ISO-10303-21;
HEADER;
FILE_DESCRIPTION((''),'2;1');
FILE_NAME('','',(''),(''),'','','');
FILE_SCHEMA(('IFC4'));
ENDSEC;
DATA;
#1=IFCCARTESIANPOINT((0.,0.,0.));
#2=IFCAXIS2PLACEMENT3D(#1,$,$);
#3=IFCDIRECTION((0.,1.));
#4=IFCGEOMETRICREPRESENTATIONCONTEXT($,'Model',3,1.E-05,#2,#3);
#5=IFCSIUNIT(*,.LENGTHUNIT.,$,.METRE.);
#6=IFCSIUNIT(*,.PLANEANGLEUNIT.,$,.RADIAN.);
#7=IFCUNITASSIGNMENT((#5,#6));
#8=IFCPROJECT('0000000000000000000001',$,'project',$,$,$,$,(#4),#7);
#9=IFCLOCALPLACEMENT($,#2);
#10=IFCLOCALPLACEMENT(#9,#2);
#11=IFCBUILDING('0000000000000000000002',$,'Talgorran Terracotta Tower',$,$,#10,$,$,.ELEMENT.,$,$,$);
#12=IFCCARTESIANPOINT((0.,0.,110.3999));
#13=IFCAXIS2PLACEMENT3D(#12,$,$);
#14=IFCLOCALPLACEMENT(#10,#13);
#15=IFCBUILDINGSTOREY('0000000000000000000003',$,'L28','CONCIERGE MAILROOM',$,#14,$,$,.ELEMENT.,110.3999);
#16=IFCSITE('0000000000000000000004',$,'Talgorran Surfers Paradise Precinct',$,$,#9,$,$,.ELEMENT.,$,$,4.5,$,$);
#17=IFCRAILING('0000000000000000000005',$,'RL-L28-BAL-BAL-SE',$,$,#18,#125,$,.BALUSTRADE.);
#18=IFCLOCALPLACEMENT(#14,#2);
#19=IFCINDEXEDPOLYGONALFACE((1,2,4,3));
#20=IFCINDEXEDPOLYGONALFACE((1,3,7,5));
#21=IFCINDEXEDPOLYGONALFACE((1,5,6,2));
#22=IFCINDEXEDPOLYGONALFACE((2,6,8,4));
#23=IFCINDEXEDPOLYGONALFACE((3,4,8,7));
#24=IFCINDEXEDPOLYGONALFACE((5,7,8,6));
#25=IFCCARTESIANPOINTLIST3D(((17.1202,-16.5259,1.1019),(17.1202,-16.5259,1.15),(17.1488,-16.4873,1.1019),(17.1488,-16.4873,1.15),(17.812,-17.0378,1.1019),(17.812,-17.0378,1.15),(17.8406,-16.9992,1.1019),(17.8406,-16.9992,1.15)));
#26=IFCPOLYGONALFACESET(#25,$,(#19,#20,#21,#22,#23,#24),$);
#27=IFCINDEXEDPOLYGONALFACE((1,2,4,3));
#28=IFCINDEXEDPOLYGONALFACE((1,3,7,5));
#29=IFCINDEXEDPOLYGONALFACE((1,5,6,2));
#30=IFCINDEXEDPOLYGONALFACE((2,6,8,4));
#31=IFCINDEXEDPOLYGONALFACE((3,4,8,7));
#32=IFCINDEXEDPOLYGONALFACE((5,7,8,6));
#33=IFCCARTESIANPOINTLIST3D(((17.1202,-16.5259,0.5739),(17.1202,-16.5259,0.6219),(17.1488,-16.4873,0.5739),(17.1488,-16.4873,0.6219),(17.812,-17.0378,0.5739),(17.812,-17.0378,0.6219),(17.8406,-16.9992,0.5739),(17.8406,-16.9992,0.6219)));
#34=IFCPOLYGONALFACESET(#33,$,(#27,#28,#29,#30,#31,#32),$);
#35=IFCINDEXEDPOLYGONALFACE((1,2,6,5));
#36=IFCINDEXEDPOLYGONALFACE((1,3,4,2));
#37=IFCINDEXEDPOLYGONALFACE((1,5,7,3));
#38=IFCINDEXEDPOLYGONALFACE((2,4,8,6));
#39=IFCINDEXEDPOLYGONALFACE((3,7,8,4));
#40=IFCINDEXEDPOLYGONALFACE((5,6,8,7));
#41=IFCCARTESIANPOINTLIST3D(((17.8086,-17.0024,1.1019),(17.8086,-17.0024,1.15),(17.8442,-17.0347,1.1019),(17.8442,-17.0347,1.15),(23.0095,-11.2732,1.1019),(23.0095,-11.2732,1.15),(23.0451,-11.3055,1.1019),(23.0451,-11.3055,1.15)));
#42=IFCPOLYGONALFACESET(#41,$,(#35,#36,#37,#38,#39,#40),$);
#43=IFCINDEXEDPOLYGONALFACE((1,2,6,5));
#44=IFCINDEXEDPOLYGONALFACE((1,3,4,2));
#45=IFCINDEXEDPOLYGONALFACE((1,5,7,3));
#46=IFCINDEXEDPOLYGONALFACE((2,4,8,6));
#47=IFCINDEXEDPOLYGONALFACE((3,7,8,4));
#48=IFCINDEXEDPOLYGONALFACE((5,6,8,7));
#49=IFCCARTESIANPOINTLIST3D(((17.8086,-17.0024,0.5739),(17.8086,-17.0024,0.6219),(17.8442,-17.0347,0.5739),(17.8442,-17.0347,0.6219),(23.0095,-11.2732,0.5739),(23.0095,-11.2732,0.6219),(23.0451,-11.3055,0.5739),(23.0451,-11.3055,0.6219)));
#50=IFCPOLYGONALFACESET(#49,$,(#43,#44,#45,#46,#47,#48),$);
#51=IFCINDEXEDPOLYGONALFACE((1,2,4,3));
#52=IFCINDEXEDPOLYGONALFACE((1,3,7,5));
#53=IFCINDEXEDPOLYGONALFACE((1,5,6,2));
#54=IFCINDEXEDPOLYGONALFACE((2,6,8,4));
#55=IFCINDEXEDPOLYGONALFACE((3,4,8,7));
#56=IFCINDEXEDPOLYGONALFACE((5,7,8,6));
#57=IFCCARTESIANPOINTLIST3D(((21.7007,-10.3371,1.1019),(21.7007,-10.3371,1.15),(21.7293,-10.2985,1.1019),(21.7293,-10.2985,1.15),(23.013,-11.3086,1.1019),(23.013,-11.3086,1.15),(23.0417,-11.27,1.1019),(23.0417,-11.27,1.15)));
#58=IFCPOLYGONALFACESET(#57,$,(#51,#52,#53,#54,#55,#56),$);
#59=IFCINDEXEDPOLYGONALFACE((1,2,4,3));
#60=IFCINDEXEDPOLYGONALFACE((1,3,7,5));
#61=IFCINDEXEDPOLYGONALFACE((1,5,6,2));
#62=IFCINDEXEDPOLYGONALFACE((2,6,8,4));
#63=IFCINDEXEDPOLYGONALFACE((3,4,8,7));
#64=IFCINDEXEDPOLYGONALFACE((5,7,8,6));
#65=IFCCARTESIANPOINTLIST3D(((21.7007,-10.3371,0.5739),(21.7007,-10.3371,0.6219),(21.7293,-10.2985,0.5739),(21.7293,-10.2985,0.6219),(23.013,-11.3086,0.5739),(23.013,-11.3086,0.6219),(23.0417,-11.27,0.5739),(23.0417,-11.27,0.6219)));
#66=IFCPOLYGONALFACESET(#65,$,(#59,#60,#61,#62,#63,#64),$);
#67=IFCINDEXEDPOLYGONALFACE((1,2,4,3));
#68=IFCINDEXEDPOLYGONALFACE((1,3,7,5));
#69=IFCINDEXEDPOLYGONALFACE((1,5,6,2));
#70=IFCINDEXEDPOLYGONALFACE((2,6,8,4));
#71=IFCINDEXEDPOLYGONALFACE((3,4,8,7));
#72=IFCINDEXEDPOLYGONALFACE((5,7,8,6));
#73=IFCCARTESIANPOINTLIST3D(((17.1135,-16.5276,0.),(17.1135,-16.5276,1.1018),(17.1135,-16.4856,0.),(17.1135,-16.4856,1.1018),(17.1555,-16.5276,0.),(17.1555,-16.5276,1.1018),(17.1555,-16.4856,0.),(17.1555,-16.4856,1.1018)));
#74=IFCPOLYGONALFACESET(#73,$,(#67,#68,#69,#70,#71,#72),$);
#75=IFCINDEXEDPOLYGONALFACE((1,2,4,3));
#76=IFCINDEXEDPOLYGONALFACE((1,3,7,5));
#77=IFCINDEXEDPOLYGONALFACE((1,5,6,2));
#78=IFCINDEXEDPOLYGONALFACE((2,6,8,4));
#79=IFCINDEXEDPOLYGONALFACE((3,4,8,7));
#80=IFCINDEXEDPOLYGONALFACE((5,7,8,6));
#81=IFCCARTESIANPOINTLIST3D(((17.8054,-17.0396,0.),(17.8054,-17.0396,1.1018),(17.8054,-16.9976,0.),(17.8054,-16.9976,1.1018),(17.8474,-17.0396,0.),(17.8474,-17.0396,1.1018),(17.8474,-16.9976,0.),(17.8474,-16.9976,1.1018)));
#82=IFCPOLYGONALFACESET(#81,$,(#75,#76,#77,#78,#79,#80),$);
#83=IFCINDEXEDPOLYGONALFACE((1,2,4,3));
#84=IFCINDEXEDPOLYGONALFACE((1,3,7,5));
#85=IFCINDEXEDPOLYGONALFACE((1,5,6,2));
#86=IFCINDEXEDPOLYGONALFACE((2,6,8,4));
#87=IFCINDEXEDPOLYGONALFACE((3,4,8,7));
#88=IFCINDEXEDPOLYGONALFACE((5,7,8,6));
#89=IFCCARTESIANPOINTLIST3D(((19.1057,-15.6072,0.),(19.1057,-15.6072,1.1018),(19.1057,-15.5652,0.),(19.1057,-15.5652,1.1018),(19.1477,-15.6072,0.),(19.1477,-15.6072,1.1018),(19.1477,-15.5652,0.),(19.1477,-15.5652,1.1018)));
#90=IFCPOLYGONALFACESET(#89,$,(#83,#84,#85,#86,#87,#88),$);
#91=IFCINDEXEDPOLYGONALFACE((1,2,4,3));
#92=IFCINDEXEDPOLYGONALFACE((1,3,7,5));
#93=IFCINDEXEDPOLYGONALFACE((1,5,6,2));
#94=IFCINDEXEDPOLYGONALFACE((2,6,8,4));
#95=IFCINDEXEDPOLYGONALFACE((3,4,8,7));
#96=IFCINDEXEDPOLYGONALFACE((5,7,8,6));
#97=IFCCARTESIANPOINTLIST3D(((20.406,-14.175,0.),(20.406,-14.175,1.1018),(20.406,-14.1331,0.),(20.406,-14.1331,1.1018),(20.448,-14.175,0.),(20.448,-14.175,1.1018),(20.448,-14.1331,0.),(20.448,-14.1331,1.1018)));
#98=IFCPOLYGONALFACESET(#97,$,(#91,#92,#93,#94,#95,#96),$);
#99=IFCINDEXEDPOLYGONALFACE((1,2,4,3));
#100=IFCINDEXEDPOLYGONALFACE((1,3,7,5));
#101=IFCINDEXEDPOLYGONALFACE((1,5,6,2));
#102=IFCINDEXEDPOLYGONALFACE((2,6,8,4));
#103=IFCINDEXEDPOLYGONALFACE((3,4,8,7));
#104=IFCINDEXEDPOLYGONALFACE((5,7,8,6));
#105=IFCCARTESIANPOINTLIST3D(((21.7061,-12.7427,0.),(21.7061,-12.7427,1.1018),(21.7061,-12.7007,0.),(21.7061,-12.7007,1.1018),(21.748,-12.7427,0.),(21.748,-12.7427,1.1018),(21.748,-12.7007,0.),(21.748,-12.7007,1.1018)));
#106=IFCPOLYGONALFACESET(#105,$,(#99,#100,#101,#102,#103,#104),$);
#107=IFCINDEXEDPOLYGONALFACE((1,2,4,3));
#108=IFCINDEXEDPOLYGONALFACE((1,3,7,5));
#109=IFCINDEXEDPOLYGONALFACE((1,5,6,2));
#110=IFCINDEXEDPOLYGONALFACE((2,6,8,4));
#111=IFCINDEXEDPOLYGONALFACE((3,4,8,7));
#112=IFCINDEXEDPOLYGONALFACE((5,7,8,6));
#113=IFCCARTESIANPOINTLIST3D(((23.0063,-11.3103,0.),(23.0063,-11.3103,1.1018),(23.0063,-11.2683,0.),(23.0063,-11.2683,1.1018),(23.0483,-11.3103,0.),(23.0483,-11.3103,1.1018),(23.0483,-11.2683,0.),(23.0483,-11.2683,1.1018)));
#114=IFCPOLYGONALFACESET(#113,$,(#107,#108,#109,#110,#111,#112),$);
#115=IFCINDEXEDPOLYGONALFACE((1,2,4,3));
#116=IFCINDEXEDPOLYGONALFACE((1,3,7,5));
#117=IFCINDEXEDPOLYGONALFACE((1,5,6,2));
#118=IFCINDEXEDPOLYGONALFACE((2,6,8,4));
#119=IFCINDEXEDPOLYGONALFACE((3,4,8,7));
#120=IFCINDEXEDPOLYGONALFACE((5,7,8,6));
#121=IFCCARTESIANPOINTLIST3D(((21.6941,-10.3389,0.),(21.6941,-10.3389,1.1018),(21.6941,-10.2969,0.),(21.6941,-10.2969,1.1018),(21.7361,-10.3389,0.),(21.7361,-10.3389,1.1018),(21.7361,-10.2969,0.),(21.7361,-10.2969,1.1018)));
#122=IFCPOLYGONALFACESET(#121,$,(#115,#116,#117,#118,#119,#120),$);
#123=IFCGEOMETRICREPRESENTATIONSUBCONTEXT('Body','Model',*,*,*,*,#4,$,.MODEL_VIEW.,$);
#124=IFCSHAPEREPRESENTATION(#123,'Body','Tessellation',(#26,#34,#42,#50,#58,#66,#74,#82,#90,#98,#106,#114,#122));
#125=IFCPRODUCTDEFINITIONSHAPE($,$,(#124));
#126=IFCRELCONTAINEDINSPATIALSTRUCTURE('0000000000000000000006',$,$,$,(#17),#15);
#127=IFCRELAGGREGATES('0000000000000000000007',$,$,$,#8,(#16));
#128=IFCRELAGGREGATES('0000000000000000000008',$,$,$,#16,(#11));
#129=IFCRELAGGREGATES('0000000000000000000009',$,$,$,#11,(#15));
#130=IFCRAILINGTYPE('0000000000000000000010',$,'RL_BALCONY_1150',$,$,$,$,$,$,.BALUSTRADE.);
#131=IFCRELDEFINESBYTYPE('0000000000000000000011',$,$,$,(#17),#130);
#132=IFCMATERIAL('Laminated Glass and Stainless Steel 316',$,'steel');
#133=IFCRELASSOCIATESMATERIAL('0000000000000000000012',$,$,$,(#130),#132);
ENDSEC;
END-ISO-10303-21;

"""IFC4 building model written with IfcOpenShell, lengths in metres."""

from ifc_helpers import new_model, si_unit, direction, frame, origin, origin_2d, place, context, subcontext, project, spatial, rectangle, extrude, material, type_object, element, save


model = new_model("IFC4")

# Units and contexts
model_context = context("Model", 3, precision=1e-05, world=origin(), true_north=direction((0.0, 1.0)))
body_context = subcontext(model_context, "Body", "Model", "MODEL_VIEW")
ifc_project = project(units=[si_unit("LENGTHUNIT", "METRE"), si_unit("PLANEANGLEUNIT", "RADIAN")], contexts=[model_context])

# Site, building, storey
site_placement = place(None, origin())
site = spatial("IfcSite", under=ifc_project, at=site_placement, Name="Talgorran Surfers Paradise Precinct", CompositionType="ELEMENT", RefElevation=4.5)
building_placement = place(site_placement, origin())
building = spatial("IfcBuilding", under=site, at=building_placement, Name="Talgorran Terracotta Tower", CompositionType="ELEMENT")
storey_placement = place(building_placement, frame((0.0, 0.0, 110.3999)))
storey = spatial("IfcBuildingStorey", under=building, at=storey_placement, Name="L28", Description="CONCIERGE MAILROOM", CompositionType="ELEMENT", Elevation=110.3999)

# Railing
ifc_material_1 = material(Name="Laminated Glass and Stainless Steel 316", Category="steel")
railing_type = type_object("IfcRailingType", Name="RL_BALCONY_1150", PredefinedType="BALUSTRADE", material=ifc_material_1)
railing_placement = place(storey_placement, frame((17.1345, -16.5066, 0.0)))
element("IfcRailing", 1, at=railing_placement, inside=storey, type_object=railing_type, Name="RL-L28-BAL-BAL-SE", PredefinedType="BALUSTRADE", context=body_context, shape_type="SweptSolid", body=[
    extrude(rectangle(XDim=0.0481, YDim=0.0481, at=origin_2d()), frame((0.0, 0.0, 1.126), z_axis=(0.803864, -0.594814, 0.0), x_axis=(0.594814, 0.803864, 0.0)), (0.0, 0.0, 1.0), 0.8606),
    extrude(rectangle(XDim=0.0481, YDim=0.0481, at=origin_2d()), frame((0.0, 0.0, 0.5979), z_axis=(0.803864, -0.594814, 0.0), x_axis=(0.594814, 0.803864, 0.0)), (0.0, 0.0, 1.0), 0.8606),
    extrude(rectangle(XDim=0.0481, YDim=0.0481, at=origin_2d()), frame((0.6919, -0.512, 1.126), z_axis=(0.672143, 0.740421, 0.0), x_axis=(-0.740421, 0.672143, 0.0)), (0.0, 0.0, 1.0), 7.7378),
    extrude(rectangle(XDim=0.0481, YDim=0.0481, at=origin_2d()), frame((0.6919, -0.512, 0.5979), z_axis=(0.672143, 0.740421, 0.0), x_axis=(-0.740421, 0.672143, 0.0)), (0.0, 0.0, 1.0), 7.7378),
    extrude(rectangle(XDim=0.0481, YDim=0.0481, at=origin_2d()), frame((5.8928, 5.2173, 1.126), z_axis=(-0.803735, 0.594988, 0.0), x_axis=(-0.594988, -0.803735, 0.0)), (0.0, 0.0, 1.0), 1.6328),
    extrude(rectangle(XDim=0.0481, YDim=0.0481, at=origin_2d()), frame((5.8928, 5.2173, 0.5979), z_axis=(-0.803735, 0.594988, 0.0), x_axis=(-0.594988, -0.803735, 0.0)), (0.0, 0.0, 1.0), 1.6328),
    extrude(rectangle(XDim=0.042, YDim=0.042, at=origin_2d()), origin(), (0.0, 0.0, 1.0), 1.1018),
    extrude(rectangle(XDim=0.042, YDim=0.042, at=origin_2d()), frame((0.6919, -0.512, 0.0)), (0.0, 0.0, 1.0), 1.1018),
    extrude(rectangle(XDim=0.042, YDim=0.042, at=origin_2d()), frame((1.9922, 0.9204, 0.0)), (0.0, 0.0, 1.0), 1.1018),
    extrude(rectangle(XDim=0.042, YDim=0.042, at=origin_2d()), frame((3.2925, 2.3525, 0.0)), (0.0, 0.0, 1.0), 1.1018),
    extrude(rectangle(XDim=0.042, YDim=0.042, at=origin_2d()), frame((4.5925, 3.7849, 0.0)), (0.0, 0.0, 1.0), 1.1018),
    extrude(rectangle(XDim=0.042, YDim=0.042, at=origin_2d()), frame((5.8928, 5.2173, 0.0)), (0.0, 0.0, 1.0), 1.1018),
    extrude(rectangle(XDim=0.042, YDim=0.042, at=origin_2d()), frame((4.5806, 6.1887, 0.0)), (0.0, 0.0, 1.0), 1.1018),
])

save(model, "model.ifc")
